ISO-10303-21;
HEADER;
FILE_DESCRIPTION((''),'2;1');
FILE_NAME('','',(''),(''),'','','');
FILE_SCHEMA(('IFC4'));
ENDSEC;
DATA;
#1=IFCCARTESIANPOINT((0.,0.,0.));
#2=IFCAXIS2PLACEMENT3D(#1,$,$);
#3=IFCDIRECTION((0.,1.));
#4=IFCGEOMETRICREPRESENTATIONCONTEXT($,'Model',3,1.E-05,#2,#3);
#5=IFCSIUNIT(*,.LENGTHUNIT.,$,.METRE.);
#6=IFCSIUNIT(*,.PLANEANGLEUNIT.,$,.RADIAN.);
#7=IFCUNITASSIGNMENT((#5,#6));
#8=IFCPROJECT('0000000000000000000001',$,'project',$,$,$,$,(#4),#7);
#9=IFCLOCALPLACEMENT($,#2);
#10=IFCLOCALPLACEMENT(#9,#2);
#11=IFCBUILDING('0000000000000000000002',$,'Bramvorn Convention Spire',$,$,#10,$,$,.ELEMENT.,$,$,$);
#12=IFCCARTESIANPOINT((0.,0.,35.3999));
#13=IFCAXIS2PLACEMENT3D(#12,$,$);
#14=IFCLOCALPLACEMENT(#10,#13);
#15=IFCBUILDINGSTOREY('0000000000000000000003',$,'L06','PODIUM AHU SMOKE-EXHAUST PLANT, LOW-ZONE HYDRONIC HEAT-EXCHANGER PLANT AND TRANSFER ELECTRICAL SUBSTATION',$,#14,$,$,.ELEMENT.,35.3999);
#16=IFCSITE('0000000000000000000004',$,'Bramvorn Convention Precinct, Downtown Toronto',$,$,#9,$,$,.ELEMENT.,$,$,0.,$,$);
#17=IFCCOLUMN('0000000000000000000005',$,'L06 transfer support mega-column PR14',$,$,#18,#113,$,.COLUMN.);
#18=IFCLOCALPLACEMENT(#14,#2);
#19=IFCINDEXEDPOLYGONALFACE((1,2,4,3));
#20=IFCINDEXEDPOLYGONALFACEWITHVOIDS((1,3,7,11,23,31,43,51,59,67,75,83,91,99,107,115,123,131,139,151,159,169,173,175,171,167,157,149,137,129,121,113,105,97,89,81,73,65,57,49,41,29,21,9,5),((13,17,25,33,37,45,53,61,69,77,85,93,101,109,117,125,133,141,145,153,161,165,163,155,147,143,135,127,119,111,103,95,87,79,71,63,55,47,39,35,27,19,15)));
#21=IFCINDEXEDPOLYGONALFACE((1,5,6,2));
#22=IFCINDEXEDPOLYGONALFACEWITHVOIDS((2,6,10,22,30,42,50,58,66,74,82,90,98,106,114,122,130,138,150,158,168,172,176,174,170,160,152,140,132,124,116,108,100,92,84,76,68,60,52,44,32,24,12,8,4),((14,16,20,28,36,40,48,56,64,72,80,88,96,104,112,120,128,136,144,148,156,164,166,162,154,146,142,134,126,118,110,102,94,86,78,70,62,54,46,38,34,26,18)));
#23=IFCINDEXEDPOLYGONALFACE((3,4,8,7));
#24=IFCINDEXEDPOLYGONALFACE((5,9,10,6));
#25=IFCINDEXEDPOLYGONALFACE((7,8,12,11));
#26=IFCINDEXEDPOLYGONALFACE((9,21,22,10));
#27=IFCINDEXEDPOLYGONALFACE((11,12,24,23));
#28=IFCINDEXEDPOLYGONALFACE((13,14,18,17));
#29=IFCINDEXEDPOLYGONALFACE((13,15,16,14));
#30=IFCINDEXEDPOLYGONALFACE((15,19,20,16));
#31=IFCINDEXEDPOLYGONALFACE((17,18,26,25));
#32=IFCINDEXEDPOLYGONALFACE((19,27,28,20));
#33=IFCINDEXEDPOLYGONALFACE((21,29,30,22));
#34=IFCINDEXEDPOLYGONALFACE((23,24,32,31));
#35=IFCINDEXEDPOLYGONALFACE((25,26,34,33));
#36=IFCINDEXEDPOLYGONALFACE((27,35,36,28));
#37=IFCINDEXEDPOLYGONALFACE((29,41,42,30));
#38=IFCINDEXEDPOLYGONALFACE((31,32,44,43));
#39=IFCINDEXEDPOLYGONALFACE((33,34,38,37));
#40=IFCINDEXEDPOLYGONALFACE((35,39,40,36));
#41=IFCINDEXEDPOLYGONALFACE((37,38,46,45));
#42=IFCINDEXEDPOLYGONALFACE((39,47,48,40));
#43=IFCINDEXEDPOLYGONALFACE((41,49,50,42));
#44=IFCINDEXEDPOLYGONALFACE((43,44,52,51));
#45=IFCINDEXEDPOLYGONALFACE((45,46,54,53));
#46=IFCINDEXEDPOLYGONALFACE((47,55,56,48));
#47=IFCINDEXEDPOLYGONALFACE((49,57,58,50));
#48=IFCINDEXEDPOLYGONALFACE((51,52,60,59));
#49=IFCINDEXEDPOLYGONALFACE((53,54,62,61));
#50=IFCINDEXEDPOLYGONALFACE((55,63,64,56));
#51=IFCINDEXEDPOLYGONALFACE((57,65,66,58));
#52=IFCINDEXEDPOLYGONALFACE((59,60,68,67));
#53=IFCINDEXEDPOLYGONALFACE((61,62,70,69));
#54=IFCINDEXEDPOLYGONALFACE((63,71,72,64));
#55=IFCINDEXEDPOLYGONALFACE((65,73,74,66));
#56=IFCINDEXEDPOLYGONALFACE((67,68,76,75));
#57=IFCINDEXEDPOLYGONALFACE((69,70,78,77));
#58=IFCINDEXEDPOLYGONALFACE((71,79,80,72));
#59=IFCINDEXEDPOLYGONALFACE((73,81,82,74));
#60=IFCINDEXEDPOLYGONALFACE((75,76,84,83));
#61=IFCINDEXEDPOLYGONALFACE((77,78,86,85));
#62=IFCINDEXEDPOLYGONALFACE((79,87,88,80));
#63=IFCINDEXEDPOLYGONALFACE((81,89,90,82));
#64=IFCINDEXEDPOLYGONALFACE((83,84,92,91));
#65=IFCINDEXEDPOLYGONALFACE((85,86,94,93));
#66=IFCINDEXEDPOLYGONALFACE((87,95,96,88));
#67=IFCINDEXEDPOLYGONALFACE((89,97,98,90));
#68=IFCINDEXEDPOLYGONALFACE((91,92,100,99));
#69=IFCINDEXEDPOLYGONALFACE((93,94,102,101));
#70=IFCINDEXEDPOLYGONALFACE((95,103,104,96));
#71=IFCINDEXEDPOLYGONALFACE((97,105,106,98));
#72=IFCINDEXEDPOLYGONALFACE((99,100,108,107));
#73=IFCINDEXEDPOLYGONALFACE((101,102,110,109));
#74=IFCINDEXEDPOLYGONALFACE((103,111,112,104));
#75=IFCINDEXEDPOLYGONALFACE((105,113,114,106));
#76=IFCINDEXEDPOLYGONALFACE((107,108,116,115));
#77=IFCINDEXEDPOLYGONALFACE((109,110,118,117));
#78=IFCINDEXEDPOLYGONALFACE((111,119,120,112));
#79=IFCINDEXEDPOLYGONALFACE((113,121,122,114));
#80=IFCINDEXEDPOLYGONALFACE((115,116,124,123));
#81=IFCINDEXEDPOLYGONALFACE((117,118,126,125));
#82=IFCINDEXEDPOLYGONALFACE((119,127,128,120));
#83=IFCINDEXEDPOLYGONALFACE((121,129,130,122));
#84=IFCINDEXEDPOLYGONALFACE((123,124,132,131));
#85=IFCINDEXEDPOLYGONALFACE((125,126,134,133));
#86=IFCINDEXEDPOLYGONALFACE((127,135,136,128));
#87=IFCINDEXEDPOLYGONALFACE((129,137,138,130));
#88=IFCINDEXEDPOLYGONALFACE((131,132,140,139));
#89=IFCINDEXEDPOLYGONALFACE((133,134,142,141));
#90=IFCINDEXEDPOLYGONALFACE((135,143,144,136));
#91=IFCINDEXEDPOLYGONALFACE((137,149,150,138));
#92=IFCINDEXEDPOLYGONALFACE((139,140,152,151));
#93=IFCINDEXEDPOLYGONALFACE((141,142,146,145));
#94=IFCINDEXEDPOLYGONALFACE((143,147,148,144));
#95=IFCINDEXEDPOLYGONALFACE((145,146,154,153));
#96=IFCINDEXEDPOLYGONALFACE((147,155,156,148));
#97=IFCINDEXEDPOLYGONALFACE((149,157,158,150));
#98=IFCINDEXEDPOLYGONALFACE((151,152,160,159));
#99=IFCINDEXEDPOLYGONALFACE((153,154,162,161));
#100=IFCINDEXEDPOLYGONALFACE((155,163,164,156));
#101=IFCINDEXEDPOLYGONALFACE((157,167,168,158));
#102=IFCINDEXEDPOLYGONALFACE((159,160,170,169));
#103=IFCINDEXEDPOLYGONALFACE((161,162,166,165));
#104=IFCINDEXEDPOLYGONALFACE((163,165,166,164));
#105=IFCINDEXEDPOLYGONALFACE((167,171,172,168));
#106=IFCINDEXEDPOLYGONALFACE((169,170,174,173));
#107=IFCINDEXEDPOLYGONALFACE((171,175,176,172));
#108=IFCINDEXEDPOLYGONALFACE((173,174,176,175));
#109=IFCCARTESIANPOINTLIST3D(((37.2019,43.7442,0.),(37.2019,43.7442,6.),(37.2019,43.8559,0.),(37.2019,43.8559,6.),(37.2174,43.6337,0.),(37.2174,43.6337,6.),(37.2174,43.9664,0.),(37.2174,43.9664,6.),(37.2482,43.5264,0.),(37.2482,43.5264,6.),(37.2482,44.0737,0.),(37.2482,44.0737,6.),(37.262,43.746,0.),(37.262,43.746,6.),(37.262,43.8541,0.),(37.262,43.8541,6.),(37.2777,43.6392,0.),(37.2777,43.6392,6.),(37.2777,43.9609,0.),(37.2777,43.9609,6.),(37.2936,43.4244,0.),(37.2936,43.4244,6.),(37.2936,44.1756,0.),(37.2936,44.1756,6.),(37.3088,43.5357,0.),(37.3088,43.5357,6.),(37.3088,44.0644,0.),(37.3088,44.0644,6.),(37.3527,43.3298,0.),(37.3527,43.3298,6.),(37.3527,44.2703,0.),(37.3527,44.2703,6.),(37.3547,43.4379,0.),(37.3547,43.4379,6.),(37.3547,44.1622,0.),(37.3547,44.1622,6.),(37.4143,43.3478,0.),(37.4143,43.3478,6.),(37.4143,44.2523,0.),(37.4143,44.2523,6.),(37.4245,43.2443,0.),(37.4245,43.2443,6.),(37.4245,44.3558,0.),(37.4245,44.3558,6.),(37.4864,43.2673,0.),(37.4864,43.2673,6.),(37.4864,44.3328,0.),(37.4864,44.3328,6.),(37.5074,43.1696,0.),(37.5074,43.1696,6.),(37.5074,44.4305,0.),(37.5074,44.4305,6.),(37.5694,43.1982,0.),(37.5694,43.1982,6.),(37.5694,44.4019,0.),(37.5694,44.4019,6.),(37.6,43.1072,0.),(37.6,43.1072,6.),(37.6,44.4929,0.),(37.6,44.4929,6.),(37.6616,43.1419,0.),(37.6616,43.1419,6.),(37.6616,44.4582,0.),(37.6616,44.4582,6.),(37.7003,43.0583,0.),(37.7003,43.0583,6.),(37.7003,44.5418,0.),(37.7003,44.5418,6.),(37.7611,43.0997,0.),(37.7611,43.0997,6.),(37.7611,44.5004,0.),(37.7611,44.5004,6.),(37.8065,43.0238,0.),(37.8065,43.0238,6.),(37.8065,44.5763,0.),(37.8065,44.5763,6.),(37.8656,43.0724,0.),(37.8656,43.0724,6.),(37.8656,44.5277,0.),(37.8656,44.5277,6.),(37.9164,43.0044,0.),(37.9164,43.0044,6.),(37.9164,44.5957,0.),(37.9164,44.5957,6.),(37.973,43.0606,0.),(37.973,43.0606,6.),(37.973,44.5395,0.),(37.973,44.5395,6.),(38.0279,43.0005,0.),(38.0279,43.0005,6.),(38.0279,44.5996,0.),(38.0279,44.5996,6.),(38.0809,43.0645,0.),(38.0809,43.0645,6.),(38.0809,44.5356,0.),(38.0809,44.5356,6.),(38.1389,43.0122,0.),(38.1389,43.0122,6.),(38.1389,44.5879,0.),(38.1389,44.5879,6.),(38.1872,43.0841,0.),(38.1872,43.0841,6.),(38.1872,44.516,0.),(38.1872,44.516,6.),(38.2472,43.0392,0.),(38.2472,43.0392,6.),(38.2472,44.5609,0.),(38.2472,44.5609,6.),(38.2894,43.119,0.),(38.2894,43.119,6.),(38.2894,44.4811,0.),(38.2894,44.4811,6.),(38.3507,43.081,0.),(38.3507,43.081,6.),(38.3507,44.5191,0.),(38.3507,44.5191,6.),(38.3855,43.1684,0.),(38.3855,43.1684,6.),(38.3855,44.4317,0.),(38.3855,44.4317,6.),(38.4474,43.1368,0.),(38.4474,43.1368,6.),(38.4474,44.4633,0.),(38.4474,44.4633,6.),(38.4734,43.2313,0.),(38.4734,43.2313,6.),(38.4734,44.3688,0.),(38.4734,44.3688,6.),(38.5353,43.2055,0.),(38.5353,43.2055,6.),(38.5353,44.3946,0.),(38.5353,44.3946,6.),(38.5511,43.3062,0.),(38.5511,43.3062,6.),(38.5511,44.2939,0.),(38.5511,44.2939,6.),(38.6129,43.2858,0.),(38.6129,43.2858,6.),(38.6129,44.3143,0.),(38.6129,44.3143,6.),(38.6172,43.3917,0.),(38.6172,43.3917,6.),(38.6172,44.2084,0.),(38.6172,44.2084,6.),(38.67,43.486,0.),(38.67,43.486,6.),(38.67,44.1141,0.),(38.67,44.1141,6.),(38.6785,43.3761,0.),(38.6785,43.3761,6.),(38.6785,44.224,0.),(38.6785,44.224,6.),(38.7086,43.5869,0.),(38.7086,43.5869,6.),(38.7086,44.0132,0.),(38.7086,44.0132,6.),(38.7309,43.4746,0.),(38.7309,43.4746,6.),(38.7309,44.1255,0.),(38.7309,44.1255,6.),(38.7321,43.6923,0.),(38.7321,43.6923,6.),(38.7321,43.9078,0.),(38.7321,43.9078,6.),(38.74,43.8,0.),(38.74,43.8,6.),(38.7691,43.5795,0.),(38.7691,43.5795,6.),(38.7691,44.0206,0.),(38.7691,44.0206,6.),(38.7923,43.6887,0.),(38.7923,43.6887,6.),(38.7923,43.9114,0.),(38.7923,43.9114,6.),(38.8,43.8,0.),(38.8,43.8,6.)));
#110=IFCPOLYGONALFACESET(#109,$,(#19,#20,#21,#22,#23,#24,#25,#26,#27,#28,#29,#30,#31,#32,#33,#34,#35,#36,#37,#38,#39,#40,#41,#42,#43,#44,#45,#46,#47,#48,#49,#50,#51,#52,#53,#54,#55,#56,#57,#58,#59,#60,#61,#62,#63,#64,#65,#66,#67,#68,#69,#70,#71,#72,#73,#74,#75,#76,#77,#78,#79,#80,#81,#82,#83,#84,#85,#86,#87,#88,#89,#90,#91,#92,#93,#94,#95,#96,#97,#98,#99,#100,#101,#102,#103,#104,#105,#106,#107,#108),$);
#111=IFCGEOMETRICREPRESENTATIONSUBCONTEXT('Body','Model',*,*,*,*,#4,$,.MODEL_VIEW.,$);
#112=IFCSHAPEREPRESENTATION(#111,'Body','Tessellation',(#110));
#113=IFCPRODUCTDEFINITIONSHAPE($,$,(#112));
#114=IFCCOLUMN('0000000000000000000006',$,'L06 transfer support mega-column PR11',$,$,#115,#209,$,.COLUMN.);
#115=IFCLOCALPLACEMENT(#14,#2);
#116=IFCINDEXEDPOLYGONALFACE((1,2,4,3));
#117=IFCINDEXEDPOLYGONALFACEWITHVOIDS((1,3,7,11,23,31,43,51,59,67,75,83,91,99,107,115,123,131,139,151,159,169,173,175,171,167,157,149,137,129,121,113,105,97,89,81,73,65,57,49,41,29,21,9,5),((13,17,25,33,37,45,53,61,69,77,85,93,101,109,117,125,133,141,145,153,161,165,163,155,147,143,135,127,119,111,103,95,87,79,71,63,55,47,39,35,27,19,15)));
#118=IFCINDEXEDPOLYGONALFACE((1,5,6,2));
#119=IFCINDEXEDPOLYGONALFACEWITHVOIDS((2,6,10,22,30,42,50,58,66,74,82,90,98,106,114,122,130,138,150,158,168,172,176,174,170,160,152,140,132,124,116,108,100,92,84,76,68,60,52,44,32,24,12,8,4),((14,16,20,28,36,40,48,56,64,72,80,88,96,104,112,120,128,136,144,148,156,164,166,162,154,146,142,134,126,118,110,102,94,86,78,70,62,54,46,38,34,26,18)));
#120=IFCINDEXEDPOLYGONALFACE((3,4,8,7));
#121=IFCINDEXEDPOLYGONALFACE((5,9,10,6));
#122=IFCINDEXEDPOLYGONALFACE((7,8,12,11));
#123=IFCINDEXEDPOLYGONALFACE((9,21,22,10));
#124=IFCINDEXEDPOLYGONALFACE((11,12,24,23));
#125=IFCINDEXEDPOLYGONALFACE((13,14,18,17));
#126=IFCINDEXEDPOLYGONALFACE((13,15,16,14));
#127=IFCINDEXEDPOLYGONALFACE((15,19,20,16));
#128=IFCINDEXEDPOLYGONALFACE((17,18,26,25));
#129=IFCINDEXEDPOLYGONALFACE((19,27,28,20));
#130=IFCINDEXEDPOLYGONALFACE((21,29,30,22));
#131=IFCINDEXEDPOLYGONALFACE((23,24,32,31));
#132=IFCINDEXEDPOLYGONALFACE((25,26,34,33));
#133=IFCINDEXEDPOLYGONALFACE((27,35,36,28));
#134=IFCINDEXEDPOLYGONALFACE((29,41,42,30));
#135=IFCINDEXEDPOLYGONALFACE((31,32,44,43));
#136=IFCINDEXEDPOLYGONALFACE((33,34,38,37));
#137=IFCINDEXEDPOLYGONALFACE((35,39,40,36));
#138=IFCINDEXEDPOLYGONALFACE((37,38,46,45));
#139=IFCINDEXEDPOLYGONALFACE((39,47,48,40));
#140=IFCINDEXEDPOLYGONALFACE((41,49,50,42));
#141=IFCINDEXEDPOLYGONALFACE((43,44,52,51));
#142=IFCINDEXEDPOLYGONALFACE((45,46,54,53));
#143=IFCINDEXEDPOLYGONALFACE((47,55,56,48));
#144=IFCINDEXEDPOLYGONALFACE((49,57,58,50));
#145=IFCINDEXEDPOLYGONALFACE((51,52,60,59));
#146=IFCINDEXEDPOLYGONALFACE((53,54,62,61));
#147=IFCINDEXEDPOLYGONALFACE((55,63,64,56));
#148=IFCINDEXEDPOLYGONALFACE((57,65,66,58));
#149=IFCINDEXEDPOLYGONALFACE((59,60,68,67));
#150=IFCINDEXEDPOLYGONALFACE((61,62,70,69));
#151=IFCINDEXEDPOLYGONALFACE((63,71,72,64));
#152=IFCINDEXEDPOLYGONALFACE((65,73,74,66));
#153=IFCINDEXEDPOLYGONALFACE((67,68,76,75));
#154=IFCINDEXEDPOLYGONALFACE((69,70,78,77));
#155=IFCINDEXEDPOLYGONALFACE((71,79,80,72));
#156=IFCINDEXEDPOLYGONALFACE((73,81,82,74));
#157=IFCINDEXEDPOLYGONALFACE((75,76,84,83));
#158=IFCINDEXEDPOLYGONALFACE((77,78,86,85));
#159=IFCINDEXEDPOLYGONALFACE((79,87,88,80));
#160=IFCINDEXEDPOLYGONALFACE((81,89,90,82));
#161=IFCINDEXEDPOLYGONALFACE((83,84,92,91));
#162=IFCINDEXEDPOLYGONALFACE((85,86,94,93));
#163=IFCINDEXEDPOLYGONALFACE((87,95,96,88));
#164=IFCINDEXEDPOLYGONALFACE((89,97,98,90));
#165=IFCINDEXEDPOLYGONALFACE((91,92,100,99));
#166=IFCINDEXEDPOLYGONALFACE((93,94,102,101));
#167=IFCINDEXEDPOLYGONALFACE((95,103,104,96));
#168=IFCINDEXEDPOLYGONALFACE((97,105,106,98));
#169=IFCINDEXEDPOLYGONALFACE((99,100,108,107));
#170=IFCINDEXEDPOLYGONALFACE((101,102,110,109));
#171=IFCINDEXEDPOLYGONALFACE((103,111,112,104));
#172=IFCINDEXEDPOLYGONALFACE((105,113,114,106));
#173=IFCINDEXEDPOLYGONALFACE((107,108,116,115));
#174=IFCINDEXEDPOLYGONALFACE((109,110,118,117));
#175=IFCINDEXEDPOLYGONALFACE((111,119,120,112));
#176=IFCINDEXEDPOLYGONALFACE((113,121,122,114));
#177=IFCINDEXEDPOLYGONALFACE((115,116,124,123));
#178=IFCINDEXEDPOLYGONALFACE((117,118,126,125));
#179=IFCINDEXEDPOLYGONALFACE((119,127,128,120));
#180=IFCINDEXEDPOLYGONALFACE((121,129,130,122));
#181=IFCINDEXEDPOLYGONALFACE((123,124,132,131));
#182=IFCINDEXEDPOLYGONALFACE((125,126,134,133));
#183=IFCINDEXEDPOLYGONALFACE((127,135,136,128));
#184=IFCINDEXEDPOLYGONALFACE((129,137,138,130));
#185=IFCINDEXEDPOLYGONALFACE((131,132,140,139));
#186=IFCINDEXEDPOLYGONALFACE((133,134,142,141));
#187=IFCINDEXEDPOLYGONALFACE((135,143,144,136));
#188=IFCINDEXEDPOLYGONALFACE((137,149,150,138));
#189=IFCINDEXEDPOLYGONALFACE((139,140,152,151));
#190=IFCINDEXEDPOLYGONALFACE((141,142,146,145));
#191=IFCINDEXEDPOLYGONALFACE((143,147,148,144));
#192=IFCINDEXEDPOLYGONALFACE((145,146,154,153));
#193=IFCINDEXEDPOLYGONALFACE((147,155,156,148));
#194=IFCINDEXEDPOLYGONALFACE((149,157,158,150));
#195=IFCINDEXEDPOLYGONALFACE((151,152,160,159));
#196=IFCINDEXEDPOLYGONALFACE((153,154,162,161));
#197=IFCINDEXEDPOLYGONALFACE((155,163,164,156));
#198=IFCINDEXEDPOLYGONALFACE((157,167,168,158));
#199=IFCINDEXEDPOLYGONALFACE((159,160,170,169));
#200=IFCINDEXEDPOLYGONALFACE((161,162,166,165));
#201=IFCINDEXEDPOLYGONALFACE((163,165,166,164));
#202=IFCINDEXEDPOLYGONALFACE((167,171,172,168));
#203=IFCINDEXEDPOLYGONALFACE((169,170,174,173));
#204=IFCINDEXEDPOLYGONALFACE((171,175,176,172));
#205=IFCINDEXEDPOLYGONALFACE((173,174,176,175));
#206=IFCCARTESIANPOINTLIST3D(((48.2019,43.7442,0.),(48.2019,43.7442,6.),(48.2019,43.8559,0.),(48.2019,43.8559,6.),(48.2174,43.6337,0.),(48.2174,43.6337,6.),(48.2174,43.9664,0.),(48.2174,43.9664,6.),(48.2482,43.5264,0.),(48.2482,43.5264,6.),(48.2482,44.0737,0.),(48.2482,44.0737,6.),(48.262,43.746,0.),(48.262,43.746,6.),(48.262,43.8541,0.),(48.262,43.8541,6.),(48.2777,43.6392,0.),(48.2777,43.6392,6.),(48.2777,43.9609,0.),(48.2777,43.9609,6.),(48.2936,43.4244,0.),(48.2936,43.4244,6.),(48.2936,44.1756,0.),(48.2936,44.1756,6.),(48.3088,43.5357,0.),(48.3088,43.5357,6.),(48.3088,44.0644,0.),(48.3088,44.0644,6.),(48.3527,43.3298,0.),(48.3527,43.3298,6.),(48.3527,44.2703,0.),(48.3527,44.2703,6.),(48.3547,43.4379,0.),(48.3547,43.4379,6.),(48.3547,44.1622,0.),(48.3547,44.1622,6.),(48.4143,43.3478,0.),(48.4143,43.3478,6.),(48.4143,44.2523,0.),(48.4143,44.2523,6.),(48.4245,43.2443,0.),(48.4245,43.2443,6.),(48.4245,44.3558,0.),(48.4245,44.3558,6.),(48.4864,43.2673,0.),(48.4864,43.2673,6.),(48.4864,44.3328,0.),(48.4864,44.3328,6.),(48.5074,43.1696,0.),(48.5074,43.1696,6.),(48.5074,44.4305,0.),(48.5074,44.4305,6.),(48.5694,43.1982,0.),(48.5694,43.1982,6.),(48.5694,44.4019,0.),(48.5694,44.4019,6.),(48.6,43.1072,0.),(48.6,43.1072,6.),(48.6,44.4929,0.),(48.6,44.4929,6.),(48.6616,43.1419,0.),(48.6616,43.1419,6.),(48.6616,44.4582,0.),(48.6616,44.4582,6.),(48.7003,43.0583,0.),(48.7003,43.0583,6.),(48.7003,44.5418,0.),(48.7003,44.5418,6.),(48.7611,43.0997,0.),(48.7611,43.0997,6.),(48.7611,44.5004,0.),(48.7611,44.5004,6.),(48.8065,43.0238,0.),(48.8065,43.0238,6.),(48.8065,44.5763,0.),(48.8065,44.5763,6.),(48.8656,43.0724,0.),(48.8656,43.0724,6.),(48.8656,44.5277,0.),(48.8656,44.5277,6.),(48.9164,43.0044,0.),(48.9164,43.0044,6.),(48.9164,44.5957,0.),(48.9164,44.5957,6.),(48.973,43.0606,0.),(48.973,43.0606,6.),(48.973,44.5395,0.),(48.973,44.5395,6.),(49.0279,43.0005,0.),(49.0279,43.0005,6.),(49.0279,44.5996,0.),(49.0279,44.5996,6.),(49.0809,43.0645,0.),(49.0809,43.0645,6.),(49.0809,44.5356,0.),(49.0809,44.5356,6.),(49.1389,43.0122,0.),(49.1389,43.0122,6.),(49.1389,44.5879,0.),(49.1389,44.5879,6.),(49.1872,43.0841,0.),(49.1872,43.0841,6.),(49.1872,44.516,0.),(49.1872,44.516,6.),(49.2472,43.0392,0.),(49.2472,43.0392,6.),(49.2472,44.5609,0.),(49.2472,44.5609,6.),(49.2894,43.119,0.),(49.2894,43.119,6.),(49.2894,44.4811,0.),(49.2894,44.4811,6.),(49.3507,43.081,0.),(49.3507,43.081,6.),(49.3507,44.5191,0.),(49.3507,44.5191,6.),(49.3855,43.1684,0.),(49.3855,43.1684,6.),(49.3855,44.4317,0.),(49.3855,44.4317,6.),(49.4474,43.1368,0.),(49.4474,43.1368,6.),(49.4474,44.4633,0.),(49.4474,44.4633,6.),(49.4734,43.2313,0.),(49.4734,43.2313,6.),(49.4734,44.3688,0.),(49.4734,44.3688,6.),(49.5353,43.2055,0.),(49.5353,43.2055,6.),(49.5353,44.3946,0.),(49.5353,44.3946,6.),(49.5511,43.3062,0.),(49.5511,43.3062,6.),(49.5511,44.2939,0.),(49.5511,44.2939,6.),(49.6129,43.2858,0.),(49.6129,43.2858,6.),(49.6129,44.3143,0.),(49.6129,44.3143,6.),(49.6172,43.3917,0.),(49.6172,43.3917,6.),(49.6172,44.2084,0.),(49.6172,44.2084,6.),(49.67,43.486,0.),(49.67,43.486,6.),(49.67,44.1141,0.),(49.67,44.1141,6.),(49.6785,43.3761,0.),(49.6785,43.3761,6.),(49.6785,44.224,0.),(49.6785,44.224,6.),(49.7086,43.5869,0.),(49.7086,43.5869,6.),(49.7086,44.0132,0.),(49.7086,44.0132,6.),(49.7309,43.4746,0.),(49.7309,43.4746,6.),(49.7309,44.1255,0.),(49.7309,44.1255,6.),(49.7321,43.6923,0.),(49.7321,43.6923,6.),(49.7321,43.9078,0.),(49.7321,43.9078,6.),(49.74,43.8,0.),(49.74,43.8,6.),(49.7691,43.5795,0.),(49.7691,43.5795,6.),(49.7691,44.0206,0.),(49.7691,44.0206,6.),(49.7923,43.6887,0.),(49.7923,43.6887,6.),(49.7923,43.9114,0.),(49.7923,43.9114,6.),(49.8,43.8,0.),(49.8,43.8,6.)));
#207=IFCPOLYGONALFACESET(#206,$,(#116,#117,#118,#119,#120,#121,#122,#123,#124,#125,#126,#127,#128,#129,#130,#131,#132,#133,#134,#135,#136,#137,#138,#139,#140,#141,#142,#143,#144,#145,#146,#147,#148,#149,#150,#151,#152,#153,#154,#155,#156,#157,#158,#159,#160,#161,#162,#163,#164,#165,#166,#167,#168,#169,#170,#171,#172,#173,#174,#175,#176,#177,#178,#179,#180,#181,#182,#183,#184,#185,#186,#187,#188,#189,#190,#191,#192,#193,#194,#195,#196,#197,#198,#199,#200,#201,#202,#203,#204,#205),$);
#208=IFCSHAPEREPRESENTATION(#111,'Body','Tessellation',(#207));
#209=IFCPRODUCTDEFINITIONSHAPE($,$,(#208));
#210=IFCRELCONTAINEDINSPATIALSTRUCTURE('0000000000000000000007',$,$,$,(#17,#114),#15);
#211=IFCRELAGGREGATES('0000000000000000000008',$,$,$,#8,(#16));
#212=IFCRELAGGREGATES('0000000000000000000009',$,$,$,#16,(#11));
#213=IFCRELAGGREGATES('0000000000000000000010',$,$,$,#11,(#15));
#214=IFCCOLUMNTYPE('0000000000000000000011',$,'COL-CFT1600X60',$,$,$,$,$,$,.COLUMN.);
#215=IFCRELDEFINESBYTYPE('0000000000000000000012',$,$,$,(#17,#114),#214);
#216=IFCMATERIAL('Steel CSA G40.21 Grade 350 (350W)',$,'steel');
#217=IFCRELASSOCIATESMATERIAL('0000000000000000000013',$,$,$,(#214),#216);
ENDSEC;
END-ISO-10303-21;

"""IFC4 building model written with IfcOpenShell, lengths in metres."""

from ifc_helpers import new_model, si_unit, direction, frame, origin, origin_2d, place, context, subcontext, project, spatial, hollow_circle, extrude, material, material_profile, profile_set, type_object, element, save


model = new_model("IFC4")

# Units and contexts
model_context = context("Model", 3, precision=1e-05, world=origin(), true_north=direction((0.0, 1.0)))
body_context = subcontext(model_context, "Body", "Model", "MODEL_VIEW")
ifc_project = project(units=[si_unit("LENGTHUNIT", "METRE"), si_unit("PLANEANGLEUNIT", "RADIAN")], contexts=[model_context])

# Site, building, storey
site_placement = place(None, origin())
site = spatial("IfcSite", under=ifc_project, at=site_placement, Name="Bramvorn Convention Precinct, Downtown Toronto", CompositionType="ELEMENT", RefElevation=0.0)
building_placement = place(site_placement, origin())
building = spatial("IfcBuilding", under=site, at=building_placement, Name="Bramvorn Convention Spire", CompositionType="ELEMENT")
storey_placement = place(building_placement, frame((0.0, 0.0, 35.3999)))
storey = spatial("IfcBuildingStorey", under=building, at=storey_placement, Name="L06", Description="PODIUM AHU SMOKE-EXHAUST PLANT, LOW-ZONE HYDRONIC HEAT-EXCHANGER PLANT AND TRANSFER ELECTRICAL SUBSTATION", CompositionType="ELEMENT", Elevation=35.3999)

# Columns
ifc_material_1 = material(Name="Steel CSA G40.21 Grade 350 (350W)", Category="steel")
ifc_material_profile_1 = material_profile(ifc_material_1, hollow_circle(Radius=0.8, WallThickness=0.0601, at=origin_2d()))
ifc_profile_set_1 = profile_set([ifc_material_profile_1], Name="Steel CSA G40.21 Grade 350 (350W) - CFT1600X60")
column_type = type_object("IfcColumnType", Name="COL-CFT1600X60", PredefinedType="COLUMN", material=ifc_profile_set_1)
for number, where, z_axis, x_axis, name in (
    (1, (38.0, 43.8, 0.0), (0.0, 0.0, 1.0), (1.0, 0.0, 0.0), "L06 transfer support mega-column PR14"),
    (2, (49.0, 43.8, 0.0), (0.0, 0.0, 1.0), (1.0, 0.0, 0.0), "L06 transfer support mega-column PR11"),
):
    element("IfcColumn", number, at=place(storey_placement, frame(where, z_axis=z_axis, x_axis=x_axis)), inside=storey, type_object=column_type, Name=name, PredefinedType="COLUMN", context=body_context, shape_type="SweptSolid", body=[
        extrude(hollow_circle(Radius=0.8, WallThickness=0.0601, at=origin_2d()), origin(), (0.0, 0.0, 1.0), 6.0),
    ])

save(model, "model.ifc")
